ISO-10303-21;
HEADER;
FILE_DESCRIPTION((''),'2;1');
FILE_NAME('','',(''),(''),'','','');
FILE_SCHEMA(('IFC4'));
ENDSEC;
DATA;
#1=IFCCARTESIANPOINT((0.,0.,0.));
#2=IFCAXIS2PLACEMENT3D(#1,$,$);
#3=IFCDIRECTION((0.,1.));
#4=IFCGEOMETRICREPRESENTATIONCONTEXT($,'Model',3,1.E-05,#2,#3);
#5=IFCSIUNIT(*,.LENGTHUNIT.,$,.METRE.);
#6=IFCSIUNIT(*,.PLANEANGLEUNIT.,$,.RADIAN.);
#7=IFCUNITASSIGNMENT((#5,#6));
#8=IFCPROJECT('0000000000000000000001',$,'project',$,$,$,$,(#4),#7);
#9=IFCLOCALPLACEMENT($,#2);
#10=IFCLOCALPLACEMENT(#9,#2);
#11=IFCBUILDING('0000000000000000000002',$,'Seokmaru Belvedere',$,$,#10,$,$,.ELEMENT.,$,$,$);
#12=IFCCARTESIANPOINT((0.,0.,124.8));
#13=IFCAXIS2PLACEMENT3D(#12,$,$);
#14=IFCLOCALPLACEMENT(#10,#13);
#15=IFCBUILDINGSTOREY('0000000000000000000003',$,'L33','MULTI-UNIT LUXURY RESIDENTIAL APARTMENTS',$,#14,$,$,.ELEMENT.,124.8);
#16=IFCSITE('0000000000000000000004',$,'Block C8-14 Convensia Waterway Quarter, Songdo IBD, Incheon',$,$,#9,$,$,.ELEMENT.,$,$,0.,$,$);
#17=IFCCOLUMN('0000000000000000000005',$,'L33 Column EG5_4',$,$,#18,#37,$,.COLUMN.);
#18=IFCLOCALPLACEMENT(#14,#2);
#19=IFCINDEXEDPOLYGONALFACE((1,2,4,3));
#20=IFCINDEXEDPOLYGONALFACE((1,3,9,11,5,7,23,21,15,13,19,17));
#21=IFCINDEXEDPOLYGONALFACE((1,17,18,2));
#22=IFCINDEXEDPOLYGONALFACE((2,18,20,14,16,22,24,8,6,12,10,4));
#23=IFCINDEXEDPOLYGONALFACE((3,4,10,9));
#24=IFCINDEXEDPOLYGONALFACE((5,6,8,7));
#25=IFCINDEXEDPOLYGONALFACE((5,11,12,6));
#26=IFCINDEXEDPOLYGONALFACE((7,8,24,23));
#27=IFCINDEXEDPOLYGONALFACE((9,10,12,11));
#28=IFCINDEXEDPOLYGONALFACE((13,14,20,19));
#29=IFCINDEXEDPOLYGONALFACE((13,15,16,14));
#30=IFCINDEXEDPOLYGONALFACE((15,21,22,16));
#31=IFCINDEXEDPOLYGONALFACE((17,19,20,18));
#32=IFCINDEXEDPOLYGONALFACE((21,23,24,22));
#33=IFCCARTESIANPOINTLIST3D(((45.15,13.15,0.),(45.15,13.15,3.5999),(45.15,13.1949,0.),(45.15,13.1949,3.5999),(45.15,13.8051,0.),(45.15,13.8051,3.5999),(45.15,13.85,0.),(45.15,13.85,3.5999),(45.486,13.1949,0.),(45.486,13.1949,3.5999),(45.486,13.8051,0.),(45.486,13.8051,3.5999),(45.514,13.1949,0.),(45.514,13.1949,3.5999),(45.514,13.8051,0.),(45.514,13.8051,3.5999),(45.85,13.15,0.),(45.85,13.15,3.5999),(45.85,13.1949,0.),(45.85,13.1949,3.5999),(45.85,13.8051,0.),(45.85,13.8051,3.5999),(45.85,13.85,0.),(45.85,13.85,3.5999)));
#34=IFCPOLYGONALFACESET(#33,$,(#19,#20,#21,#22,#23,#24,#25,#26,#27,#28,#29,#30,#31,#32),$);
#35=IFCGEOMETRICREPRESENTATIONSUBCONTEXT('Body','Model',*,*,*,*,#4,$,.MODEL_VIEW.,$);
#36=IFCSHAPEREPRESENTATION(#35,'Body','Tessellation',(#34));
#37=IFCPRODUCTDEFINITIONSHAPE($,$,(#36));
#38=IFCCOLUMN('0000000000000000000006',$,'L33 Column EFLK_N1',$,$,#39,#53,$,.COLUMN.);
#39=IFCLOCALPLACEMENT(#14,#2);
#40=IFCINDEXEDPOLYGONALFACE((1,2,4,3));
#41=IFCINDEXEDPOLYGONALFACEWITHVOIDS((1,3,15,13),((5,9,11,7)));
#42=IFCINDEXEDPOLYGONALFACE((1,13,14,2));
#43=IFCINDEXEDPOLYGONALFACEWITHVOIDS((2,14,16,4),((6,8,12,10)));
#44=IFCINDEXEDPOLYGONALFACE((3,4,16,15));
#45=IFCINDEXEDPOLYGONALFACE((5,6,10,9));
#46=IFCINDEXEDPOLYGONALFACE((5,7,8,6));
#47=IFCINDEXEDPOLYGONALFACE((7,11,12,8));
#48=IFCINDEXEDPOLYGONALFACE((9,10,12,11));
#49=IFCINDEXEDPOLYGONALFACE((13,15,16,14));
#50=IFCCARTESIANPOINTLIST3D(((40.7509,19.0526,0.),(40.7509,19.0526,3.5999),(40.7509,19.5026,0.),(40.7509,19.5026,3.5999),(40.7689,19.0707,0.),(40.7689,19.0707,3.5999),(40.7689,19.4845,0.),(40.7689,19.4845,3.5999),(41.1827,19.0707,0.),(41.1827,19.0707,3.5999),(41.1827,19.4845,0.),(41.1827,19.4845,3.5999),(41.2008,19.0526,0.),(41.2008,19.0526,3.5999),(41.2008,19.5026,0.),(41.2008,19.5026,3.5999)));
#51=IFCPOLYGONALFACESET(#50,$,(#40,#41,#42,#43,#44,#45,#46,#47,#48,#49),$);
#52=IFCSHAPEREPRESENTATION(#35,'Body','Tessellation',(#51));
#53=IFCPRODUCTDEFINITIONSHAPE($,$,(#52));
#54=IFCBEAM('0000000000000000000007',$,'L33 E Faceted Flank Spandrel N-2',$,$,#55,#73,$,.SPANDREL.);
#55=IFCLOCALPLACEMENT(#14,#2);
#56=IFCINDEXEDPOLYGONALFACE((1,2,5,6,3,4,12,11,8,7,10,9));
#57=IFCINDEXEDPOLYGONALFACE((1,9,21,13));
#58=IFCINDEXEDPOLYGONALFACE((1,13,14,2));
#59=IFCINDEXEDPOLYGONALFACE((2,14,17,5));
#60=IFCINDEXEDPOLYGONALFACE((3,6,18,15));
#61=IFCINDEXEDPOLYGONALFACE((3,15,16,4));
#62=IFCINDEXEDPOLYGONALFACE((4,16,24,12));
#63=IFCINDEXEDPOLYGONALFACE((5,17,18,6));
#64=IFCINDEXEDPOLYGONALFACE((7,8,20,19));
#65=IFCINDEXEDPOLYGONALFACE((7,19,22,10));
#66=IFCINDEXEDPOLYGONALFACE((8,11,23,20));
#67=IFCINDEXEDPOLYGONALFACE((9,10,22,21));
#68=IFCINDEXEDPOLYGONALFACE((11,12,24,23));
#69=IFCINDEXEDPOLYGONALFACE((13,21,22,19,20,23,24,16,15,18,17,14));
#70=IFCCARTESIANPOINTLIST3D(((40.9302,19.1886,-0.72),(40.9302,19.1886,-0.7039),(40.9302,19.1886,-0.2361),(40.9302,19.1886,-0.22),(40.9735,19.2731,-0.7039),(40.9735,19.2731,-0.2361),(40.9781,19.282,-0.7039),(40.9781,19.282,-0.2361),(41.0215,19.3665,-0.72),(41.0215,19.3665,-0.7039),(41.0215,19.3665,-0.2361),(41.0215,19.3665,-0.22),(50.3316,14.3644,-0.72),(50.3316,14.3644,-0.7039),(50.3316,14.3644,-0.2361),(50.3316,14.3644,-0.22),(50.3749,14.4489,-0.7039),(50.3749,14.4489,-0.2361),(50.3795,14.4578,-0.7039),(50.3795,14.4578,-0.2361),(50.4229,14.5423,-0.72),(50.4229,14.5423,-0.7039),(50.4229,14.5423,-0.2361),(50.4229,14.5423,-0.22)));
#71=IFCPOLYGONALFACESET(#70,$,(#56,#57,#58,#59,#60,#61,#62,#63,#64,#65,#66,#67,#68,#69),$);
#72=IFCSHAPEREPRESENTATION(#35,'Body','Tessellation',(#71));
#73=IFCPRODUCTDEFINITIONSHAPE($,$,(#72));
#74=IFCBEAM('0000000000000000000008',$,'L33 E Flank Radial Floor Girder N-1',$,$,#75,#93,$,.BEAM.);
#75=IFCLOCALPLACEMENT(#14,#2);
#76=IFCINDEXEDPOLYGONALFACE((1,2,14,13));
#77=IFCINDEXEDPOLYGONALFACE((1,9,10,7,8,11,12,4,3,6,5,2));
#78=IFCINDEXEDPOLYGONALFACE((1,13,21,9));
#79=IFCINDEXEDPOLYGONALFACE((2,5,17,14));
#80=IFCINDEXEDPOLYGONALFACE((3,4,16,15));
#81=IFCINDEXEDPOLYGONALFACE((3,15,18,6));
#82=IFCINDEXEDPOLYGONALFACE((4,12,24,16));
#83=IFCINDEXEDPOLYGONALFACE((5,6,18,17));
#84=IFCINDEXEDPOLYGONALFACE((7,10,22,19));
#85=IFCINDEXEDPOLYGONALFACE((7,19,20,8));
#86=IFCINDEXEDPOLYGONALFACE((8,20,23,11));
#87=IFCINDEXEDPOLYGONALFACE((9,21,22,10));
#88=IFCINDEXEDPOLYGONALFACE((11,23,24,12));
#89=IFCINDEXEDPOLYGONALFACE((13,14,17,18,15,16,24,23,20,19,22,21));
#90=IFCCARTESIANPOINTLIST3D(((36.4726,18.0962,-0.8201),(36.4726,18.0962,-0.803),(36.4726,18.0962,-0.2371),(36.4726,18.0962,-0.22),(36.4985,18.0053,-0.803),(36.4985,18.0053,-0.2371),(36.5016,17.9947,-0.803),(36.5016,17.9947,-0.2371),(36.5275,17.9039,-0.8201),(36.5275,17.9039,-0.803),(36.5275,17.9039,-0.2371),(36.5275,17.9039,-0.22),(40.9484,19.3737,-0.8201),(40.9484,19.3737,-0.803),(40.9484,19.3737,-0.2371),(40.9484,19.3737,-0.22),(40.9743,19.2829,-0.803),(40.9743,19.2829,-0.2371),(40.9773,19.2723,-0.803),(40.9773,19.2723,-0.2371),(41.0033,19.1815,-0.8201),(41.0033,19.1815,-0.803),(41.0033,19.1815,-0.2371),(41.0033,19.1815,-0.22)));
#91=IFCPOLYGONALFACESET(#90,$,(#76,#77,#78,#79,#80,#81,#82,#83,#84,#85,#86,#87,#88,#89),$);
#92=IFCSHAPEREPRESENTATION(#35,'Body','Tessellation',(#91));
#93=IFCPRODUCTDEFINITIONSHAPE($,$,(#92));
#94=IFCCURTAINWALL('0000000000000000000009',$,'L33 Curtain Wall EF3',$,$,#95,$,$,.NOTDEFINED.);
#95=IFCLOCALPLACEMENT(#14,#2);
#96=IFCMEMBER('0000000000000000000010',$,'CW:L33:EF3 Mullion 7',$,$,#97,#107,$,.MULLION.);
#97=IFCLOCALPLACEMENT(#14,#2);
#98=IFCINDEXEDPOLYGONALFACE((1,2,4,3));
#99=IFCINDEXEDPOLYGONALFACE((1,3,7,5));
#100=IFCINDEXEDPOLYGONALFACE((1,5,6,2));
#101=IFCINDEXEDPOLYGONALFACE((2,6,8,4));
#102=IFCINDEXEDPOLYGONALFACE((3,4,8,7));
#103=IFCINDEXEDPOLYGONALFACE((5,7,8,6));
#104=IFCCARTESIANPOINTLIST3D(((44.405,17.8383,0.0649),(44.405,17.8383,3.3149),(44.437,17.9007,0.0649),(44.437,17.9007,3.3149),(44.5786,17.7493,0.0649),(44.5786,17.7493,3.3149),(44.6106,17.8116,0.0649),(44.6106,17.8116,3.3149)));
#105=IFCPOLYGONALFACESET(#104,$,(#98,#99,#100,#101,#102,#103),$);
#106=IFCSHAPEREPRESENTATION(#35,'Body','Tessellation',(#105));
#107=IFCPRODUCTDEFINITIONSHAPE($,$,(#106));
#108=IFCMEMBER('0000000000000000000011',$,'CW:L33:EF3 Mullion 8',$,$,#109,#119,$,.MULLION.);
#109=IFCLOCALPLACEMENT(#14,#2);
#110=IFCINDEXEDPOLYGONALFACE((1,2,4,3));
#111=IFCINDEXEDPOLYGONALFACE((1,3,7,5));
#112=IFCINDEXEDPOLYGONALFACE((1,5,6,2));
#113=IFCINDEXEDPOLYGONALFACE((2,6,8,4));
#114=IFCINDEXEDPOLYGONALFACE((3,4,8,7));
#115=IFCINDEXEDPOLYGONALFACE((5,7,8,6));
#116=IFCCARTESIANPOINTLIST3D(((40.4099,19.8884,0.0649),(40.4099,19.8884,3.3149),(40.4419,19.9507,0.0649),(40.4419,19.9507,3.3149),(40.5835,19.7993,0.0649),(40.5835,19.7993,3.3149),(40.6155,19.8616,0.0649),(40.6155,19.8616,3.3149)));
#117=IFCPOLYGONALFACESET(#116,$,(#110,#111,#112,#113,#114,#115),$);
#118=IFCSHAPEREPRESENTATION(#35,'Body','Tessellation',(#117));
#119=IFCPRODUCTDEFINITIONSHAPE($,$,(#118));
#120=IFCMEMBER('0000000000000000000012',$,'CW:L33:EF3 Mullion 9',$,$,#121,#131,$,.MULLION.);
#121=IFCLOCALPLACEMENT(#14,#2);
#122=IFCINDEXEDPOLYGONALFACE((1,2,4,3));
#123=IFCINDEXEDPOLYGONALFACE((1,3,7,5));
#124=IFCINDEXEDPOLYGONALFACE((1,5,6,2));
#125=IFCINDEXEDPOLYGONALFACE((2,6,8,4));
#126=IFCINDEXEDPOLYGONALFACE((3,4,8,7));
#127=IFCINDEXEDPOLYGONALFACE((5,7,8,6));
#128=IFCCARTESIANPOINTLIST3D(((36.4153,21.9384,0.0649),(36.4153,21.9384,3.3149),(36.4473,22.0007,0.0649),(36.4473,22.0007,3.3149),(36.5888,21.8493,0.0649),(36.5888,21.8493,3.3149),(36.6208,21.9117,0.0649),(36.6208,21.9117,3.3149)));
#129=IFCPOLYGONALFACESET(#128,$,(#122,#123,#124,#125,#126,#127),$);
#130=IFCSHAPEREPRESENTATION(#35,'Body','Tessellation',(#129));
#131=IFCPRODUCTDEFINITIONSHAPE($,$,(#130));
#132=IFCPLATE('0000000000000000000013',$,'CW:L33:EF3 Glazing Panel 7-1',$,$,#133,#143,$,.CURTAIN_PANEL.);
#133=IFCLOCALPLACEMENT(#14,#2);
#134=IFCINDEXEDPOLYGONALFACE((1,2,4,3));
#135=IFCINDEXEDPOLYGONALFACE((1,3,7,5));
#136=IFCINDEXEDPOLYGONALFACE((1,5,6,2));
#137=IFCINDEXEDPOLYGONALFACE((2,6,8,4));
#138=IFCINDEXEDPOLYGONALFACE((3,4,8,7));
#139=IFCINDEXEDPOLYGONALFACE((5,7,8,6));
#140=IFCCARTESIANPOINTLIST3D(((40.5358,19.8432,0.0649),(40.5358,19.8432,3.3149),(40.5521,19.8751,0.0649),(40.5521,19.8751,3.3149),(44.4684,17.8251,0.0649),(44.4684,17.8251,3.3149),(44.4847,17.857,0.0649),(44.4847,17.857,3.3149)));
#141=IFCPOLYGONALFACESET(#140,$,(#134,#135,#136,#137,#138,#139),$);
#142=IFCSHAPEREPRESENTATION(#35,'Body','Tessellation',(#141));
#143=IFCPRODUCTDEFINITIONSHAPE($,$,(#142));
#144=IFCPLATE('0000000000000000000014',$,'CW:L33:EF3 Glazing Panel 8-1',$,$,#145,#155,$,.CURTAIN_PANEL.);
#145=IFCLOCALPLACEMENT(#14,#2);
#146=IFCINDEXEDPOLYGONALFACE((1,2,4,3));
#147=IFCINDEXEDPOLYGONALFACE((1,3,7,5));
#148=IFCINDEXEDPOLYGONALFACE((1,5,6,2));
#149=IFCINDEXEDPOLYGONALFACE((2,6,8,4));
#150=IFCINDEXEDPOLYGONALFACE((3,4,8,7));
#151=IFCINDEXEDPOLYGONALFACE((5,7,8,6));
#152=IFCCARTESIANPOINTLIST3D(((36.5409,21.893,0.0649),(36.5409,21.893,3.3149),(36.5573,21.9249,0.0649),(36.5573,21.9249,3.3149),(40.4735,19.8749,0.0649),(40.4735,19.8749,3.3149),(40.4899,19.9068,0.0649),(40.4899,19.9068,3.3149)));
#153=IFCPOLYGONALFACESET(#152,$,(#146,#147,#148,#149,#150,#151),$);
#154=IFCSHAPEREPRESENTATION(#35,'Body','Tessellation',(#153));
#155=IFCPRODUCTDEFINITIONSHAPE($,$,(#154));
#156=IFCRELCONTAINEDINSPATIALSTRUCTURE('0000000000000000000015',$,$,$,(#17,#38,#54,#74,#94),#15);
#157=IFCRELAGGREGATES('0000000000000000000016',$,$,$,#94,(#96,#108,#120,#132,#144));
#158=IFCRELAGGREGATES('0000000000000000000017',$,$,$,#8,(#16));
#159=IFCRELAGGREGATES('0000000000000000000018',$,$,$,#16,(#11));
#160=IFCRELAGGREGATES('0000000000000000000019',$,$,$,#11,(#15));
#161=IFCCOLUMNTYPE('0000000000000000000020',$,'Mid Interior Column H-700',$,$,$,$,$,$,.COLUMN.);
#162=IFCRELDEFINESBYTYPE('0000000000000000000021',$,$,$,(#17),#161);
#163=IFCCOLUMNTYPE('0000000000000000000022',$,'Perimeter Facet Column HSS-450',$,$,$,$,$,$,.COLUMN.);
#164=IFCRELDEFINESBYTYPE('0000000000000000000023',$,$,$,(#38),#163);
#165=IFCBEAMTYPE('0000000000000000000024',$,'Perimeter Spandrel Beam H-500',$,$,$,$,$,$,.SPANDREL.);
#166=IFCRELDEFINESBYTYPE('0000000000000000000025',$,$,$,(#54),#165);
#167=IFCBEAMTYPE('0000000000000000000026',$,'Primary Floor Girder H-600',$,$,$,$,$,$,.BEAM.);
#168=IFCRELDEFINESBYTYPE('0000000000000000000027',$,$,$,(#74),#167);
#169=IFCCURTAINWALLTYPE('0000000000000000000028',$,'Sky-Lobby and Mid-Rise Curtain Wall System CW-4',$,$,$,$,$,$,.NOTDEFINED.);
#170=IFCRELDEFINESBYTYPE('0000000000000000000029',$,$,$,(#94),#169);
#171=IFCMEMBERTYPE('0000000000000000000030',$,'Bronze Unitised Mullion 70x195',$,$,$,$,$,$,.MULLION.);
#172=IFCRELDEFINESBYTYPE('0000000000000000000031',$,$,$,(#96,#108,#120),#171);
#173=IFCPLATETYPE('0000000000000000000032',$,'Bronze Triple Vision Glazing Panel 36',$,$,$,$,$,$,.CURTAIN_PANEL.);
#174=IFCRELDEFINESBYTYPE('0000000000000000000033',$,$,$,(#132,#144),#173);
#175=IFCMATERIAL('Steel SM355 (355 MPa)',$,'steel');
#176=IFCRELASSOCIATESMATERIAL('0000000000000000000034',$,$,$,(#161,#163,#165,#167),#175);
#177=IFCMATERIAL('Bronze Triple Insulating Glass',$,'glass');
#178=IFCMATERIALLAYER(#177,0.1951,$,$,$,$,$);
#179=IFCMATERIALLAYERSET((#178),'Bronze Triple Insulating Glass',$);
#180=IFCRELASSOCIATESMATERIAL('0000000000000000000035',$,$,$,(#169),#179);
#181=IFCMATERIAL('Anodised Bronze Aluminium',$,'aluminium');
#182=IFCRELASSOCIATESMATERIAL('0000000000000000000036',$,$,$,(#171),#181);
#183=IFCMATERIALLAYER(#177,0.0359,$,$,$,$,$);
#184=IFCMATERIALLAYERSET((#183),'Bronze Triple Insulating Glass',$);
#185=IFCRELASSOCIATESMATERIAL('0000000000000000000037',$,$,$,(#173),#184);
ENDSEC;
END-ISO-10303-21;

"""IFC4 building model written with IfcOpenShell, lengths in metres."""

from ifc_helpers import new_model, si_unit, direction, frame, origin, origin_2d, place, context, subcontext, project, spatial, rectangle, hollow_rectangle, i_section, extrude, source, transform, mapped, material, layer, layer_set, material_profile, profile_set, type_object, type_shapes, element, aggregate, save


model = new_model("IFC4")

# Units and contexts
model_context = context("Model", 3, precision=1e-05, world=origin(), true_north=direction((0.0, 1.0)))
body_context = subcontext(model_context, "Body", "Model", "MODEL_VIEW")
ifc_project = project(units=[si_unit("LENGTHUNIT", "METRE"), si_unit("PLANEANGLEUNIT", "RADIAN")], contexts=[model_context])

# Site, building, storey
site_placement = place(None, origin())
site = spatial("IfcSite", under=ifc_project, at=site_placement, Name="Block C8-14 Convensia Waterway Quarter, Songdo IBD, Incheon", CompositionType="ELEMENT", RefElevation=0.0)
building_placement = place(site_placement, origin())
building = spatial("IfcBuilding", under=site, at=building_placement, Name="Seokmaru Belvedere", CompositionType="ELEMENT")
storey_placement = place(building_placement, frame((0.0, 0.0, 124.8)))
storey = spatial("IfcBuildingStorey", under=building, at=storey_placement, Name="L33", Description="MULTI-UNIT LUXURY RESIDENTIAL APARTMENTS", CompositionType="ELEMENT", Elevation=124.8)

# Columns
ifc_material_1 = material(Name="Steel SM355 (355 MPa)", Category="steel")
ifc_material_profile_1 = material_profile(ifc_material_1, i_section(OverallWidth=0.7, OverallDepth=0.7, WebThickness=0.0281, FlangeThickness=0.0449, at=origin_2d()), Name="H-700x700x28x45")
ifc_profile_set_1 = profile_set([ifc_material_profile_1], Name="Steel SM355 (355 MPa)")
column_type_1 = type_object("IfcColumnType", Name="Mid Interior Column H-700", PredefinedType="COLUMN", material=ifc_profile_set_1)
shared_shape_1 = source(origin(), body_context, "Body", "SweptSolid", [
    extrude(i_section(OverallWidth=0.7, OverallDepth=0.7, WebThickness=0.0281, FlangeThickness=0.0449, at=origin_2d()), origin(), (0.0, 0.0, 1.0), 3.5999),
])
type_shapes(column_type_1, [shared_shape_1])
column_1_placement = place(storey_placement, frame((45.5, 13.5, 0.0), z_axis=(0.0, 0.0, 1.0), x_axis=(1.0, 0.0, 0.0)))
element("IfcColumn", 1, at=column_1_placement, inside=storey, type_object=column_type_1, Name="L33 Column EG5_4", PredefinedType="COLUMN", context=body_context, shape_type="MappedRepresentation", body=[
    mapped(shared_shape_1, transform((0.0, 0.0, 0.0), scale=1.0)),
])
ifc_material_profile_2 = material_profile(ifc_material_1, hollow_rectangle(XDim=0.45, YDim=0.45, WallThickness=0.0181, at=origin_2d()), Name="HSS-450x450x18")
ifc_profile_set_2 = profile_set([ifc_material_profile_2], Name="Steel SM355 (355 MPa)")
column_type_2 = type_object("IfcColumnType", Name="Perimeter Facet Column HSS-450", PredefinedType="COLUMN", material=ifc_profile_set_2)
shared_shape_2 = source(origin(), body_context, "Body", "SweptSolid", [
    extrude(hollow_rectangle(XDim=0.45, YDim=0.45, WallThickness=0.0181, at=origin_2d()), origin(), (0.0, 0.0, 1.0), 3.5999),
])
type_shapes(column_type_2, [shared_shape_2])
column_2_placement = place(storey_placement, frame((40.9758, 19.2776, 0.0), z_axis=(0.0, 0.0, 1.0), x_axis=(1.0, 0.0, 0.0)))
element("IfcColumn", 2, at=column_2_placement, inside=storey, type_object=column_type_2, Name="L33 Column EFLK_N1", PredefinedType="COLUMN", context=body_context, shape_type="MappedRepresentation", body=[
    mapped(shared_shape_2, transform((0.0, 0.0, 0.0), scale=1.0)),
])

# Beams
ifc_material_profile_3 = material_profile(ifc_material_1, i_section(OverallWidth=0.2, OverallDepth=0.5, WebThickness=0.01, FlangeThickness=0.0161, at=origin_2d()), Name="H-500x200x10x16")
ifc_profile_set_3 = profile_set([ifc_material_profile_3], Name="Steel SM355 (355 MPa)")
beam_type_1 = type_object("IfcBeamType", Name="Perimeter Spandrel Beam H-500", PredefinedType="SPANDREL", material=ifc_profile_set_3)
shared_shape_3 = source(origin(), body_context, "Body", "SweptSolid", [
    extrude(i_section(OverallWidth=0.2, OverallDepth=0.5, WebThickness=0.01, FlangeThickness=0.0161, at=origin_2d()), origin(), (0.0, 0.0, 1.0), 10.5669),
])
type_shapes(beam_type_1, [shared_shape_3])
beam_1_placement = place(storey_placement, frame((40.9758, 19.2776, -0.47), z_axis=(0.889702, -0.456542, 0.0), x_axis=(0.456542, 0.889702, 0.0)))
element("IfcBeam", 3, at=beam_1_placement, inside=storey, type_object=beam_type_1, Name="L33 E Faceted Flank Spandrel N-2", PredefinedType="SPANDREL", context=body_context, shape_type="MappedRepresentation", body=[
    mapped(shared_shape_3, transform((0.0, 0.0, 0.0), scale=1.0)),
])
ifc_material_profile_4 = material_profile(ifc_material_1, i_section(OverallWidth=0.2, OverallDepth=0.6001, WebThickness=0.011, FlangeThickness=0.0171, at=origin_2d()), Name="H-600x200x11x17")
ifc_profile_set_4 = profile_set([ifc_material_profile_4], Name="Steel SM355 (355 MPa)")
beam_type_2 = type_object("IfcBeamType", Name="Primary Floor Girder H-600", PredefinedType="BEAM", material=ifc_profile_set_4)
shared_shape_4 = source(origin(), body_context, "Body", "SweptSolid", [
    extrude(i_section(OverallWidth=0.2, OverallDepth=0.6001, WebThickness=0.011, FlangeThickness=0.0171, at=origin_2d()), origin(), (0.0, 0.0, 1.0), 4.6545),
])
type_shapes(beam_type_2, [shared_shape_4])
beam_2_placement = place(storey_placement, frame((40.9758, 19.2776, -0.52), z_axis=(-0.961593, -0.274479, 0.0), x_axis=(0.274479, -0.961593, 0.0)))
element("IfcBeam", 4, at=beam_2_placement, inside=storey, type_object=beam_type_2, Name="L33 E Flank Radial Floor Girder N-1", PredefinedType="BEAM", context=body_context, shape_type="MappedRepresentation", body=[
    mapped(shared_shape_4, transform((0.0, 0.0, 0.0), scale=1.0)),
])

# Curtain wall, members, plates
ifc_material_2 = material(Name="Bronze Triple Insulating Glass", Category="glass")
ifc_layer_1 = layer(ifc_material_2, 0.1951)
ifc_layer_set_1 = layer_set([ifc_layer_1], Name="Bronze Triple Insulating Glass")
curtain_wall_type = type_object("IfcCurtainWallType", Name="Sky-Lobby and Mid-Rise Curtain Wall System CW-4", PredefinedType="NOTDEFINED", material=ifc_layer_set_1)
curtain_wall_placement = place(storey_placement, origin())
curtain_wall = element("IfcCurtainWall", 5, at=curtain_wall_placement, inside=storey, type_object=curtain_wall_type, Name="L33 Curtain Wall EF3", PredefinedType="NOTDEFINED")
ifc_material_3 = material(Name="Anodised Bronze Aluminium", Category="aluminium")
ifc_material_profile_5 = material_profile(ifc_material_3, rectangle(XDim=0.0701, YDim=0.1951, at=origin_2d()), Name="CW-M-70x195")
ifc_profile_set_5 = profile_set([ifc_material_profile_5], Name="Anodised Bronze Aluminium")
member_type = type_object("IfcMemberType", Name="Bronze Unitised Mullion 70x195", PredefinedType="MULLION", material=ifc_profile_set_5)
shared_shape_5 = source(origin(), body_context, "Body", "SweptSolid", [
    extrude(rectangle(XDim=0.0701, YDim=0.1951, at=origin_2d()), origin(), (0.0, 0.0, 1.0), 3.25),
])
type_shapes(member_type, [shared_shape_5])
member_1_placement = place(storey_placement, frame((44.5078, 17.825, 0.0649), z_axis=(0.0, 0.0, 1.0), x_axis=(-0.456555, -0.889695, 0.0)))
member_1 = element("IfcMember", 6, at=member_1_placement, type_object=member_type, Name="CW:L33:EF3 Mullion 7", PredefinedType="MULLION", context=body_context, shape_type="MappedRepresentation", body=[
    mapped(shared_shape_5, transform((0.0, 0.0, 0.0), scale=1.0)),
])
member_2_placement = place(storey_placement, frame((40.5127, 19.875, 0.0649), z_axis=(0.0, 0.0, 1.0), x_axis=(-0.456555, -0.889695, 0.0)))
member_2 = element("IfcMember", 7, at=member_2_placement, type_object=member_type, Name="CW:L33:EF3 Mullion 8", PredefinedType="MULLION", context=body_context, shape_type="MappedRepresentation", body=[
    mapped(shared_shape_5, transform((0.0, 0.0, 0.0), scale=1.0)),
])
member_3_placement = place(storey_placement, frame((36.5181, 21.925, 0.0649), z_axis=(0.0, 0.0, 1.0), x_axis=(-0.456555, -0.889695, 0.0)))
member_3 = element("IfcMember", 8, at=member_3_placement, type_object=member_type, Name="CW:L33:EF3 Mullion 9", PredefinedType="MULLION", context=body_context, shape_type="MappedRepresentation", body=[
    mapped(shared_shape_5, transform((0.0, 0.0, 0.0), scale=1.0)),
])
ifc_layer_2 = layer(ifc_material_2, 0.0359)
ifc_layer_set_2 = layer_set([ifc_layer_2], Name="Bronze Triple Insulating Glass")
plate_type = type_object("IfcPlateType", Name="Bronze Triple Vision Glazing Panel 36", PredefinedType="CURTAIN_PANEL", material=ifc_layer_set_2)
shared_shape_6 = source(origin(), body_context, "Body", "SweptSolid", [
    extrude(rectangle(XDim=4.4202, YDim=0.0359, at=origin_2d()), origin(), (0.0, 0.0, 1.0), 3.25),
])
type_shapes(plate_type, [shared_shape_6])
plate_1_placement = place(storey_placement, frame((42.5103, 18.8501, 0.0649), z_axis=(0.0, 0.0, 1.0), x_axis=(-0.889695, 0.456555, 0.0)))
plate_1 = element("IfcPlate", 9, at=plate_1_placement, type_object=plate_type, Name="CW:L33:EF3 Glazing Panel 7-1", PredefinedType="CURTAIN_PANEL", context=body_context, shape_type="MappedRepresentation", body=[
    mapped(shared_shape_6, transform((0.0, 0.0, 0.0), scale=1.0)),
])
plate_2_placement = place(storey_placement, frame((38.5154, 20.8999, 0.0649), z_axis=(0.0, 0.0, 1.0), x_axis=(-0.889695, 0.456555, 0.0)))
plate_2 = element("IfcPlate", 10, at=plate_2_placement, type_object=plate_type, Name="CW:L33:EF3 Glazing Panel 8-1", PredefinedType="CURTAIN_PANEL", context=body_context, shape_type="MappedRepresentation", body=[
    mapped(shared_shape_6, transform((0.0, 0.0, 0.0), scale=1.0)),
])
aggregate(curtain_wall, [member_1, member_2, member_3, plate_1, plate_2])

save(model, "model.ifc")
